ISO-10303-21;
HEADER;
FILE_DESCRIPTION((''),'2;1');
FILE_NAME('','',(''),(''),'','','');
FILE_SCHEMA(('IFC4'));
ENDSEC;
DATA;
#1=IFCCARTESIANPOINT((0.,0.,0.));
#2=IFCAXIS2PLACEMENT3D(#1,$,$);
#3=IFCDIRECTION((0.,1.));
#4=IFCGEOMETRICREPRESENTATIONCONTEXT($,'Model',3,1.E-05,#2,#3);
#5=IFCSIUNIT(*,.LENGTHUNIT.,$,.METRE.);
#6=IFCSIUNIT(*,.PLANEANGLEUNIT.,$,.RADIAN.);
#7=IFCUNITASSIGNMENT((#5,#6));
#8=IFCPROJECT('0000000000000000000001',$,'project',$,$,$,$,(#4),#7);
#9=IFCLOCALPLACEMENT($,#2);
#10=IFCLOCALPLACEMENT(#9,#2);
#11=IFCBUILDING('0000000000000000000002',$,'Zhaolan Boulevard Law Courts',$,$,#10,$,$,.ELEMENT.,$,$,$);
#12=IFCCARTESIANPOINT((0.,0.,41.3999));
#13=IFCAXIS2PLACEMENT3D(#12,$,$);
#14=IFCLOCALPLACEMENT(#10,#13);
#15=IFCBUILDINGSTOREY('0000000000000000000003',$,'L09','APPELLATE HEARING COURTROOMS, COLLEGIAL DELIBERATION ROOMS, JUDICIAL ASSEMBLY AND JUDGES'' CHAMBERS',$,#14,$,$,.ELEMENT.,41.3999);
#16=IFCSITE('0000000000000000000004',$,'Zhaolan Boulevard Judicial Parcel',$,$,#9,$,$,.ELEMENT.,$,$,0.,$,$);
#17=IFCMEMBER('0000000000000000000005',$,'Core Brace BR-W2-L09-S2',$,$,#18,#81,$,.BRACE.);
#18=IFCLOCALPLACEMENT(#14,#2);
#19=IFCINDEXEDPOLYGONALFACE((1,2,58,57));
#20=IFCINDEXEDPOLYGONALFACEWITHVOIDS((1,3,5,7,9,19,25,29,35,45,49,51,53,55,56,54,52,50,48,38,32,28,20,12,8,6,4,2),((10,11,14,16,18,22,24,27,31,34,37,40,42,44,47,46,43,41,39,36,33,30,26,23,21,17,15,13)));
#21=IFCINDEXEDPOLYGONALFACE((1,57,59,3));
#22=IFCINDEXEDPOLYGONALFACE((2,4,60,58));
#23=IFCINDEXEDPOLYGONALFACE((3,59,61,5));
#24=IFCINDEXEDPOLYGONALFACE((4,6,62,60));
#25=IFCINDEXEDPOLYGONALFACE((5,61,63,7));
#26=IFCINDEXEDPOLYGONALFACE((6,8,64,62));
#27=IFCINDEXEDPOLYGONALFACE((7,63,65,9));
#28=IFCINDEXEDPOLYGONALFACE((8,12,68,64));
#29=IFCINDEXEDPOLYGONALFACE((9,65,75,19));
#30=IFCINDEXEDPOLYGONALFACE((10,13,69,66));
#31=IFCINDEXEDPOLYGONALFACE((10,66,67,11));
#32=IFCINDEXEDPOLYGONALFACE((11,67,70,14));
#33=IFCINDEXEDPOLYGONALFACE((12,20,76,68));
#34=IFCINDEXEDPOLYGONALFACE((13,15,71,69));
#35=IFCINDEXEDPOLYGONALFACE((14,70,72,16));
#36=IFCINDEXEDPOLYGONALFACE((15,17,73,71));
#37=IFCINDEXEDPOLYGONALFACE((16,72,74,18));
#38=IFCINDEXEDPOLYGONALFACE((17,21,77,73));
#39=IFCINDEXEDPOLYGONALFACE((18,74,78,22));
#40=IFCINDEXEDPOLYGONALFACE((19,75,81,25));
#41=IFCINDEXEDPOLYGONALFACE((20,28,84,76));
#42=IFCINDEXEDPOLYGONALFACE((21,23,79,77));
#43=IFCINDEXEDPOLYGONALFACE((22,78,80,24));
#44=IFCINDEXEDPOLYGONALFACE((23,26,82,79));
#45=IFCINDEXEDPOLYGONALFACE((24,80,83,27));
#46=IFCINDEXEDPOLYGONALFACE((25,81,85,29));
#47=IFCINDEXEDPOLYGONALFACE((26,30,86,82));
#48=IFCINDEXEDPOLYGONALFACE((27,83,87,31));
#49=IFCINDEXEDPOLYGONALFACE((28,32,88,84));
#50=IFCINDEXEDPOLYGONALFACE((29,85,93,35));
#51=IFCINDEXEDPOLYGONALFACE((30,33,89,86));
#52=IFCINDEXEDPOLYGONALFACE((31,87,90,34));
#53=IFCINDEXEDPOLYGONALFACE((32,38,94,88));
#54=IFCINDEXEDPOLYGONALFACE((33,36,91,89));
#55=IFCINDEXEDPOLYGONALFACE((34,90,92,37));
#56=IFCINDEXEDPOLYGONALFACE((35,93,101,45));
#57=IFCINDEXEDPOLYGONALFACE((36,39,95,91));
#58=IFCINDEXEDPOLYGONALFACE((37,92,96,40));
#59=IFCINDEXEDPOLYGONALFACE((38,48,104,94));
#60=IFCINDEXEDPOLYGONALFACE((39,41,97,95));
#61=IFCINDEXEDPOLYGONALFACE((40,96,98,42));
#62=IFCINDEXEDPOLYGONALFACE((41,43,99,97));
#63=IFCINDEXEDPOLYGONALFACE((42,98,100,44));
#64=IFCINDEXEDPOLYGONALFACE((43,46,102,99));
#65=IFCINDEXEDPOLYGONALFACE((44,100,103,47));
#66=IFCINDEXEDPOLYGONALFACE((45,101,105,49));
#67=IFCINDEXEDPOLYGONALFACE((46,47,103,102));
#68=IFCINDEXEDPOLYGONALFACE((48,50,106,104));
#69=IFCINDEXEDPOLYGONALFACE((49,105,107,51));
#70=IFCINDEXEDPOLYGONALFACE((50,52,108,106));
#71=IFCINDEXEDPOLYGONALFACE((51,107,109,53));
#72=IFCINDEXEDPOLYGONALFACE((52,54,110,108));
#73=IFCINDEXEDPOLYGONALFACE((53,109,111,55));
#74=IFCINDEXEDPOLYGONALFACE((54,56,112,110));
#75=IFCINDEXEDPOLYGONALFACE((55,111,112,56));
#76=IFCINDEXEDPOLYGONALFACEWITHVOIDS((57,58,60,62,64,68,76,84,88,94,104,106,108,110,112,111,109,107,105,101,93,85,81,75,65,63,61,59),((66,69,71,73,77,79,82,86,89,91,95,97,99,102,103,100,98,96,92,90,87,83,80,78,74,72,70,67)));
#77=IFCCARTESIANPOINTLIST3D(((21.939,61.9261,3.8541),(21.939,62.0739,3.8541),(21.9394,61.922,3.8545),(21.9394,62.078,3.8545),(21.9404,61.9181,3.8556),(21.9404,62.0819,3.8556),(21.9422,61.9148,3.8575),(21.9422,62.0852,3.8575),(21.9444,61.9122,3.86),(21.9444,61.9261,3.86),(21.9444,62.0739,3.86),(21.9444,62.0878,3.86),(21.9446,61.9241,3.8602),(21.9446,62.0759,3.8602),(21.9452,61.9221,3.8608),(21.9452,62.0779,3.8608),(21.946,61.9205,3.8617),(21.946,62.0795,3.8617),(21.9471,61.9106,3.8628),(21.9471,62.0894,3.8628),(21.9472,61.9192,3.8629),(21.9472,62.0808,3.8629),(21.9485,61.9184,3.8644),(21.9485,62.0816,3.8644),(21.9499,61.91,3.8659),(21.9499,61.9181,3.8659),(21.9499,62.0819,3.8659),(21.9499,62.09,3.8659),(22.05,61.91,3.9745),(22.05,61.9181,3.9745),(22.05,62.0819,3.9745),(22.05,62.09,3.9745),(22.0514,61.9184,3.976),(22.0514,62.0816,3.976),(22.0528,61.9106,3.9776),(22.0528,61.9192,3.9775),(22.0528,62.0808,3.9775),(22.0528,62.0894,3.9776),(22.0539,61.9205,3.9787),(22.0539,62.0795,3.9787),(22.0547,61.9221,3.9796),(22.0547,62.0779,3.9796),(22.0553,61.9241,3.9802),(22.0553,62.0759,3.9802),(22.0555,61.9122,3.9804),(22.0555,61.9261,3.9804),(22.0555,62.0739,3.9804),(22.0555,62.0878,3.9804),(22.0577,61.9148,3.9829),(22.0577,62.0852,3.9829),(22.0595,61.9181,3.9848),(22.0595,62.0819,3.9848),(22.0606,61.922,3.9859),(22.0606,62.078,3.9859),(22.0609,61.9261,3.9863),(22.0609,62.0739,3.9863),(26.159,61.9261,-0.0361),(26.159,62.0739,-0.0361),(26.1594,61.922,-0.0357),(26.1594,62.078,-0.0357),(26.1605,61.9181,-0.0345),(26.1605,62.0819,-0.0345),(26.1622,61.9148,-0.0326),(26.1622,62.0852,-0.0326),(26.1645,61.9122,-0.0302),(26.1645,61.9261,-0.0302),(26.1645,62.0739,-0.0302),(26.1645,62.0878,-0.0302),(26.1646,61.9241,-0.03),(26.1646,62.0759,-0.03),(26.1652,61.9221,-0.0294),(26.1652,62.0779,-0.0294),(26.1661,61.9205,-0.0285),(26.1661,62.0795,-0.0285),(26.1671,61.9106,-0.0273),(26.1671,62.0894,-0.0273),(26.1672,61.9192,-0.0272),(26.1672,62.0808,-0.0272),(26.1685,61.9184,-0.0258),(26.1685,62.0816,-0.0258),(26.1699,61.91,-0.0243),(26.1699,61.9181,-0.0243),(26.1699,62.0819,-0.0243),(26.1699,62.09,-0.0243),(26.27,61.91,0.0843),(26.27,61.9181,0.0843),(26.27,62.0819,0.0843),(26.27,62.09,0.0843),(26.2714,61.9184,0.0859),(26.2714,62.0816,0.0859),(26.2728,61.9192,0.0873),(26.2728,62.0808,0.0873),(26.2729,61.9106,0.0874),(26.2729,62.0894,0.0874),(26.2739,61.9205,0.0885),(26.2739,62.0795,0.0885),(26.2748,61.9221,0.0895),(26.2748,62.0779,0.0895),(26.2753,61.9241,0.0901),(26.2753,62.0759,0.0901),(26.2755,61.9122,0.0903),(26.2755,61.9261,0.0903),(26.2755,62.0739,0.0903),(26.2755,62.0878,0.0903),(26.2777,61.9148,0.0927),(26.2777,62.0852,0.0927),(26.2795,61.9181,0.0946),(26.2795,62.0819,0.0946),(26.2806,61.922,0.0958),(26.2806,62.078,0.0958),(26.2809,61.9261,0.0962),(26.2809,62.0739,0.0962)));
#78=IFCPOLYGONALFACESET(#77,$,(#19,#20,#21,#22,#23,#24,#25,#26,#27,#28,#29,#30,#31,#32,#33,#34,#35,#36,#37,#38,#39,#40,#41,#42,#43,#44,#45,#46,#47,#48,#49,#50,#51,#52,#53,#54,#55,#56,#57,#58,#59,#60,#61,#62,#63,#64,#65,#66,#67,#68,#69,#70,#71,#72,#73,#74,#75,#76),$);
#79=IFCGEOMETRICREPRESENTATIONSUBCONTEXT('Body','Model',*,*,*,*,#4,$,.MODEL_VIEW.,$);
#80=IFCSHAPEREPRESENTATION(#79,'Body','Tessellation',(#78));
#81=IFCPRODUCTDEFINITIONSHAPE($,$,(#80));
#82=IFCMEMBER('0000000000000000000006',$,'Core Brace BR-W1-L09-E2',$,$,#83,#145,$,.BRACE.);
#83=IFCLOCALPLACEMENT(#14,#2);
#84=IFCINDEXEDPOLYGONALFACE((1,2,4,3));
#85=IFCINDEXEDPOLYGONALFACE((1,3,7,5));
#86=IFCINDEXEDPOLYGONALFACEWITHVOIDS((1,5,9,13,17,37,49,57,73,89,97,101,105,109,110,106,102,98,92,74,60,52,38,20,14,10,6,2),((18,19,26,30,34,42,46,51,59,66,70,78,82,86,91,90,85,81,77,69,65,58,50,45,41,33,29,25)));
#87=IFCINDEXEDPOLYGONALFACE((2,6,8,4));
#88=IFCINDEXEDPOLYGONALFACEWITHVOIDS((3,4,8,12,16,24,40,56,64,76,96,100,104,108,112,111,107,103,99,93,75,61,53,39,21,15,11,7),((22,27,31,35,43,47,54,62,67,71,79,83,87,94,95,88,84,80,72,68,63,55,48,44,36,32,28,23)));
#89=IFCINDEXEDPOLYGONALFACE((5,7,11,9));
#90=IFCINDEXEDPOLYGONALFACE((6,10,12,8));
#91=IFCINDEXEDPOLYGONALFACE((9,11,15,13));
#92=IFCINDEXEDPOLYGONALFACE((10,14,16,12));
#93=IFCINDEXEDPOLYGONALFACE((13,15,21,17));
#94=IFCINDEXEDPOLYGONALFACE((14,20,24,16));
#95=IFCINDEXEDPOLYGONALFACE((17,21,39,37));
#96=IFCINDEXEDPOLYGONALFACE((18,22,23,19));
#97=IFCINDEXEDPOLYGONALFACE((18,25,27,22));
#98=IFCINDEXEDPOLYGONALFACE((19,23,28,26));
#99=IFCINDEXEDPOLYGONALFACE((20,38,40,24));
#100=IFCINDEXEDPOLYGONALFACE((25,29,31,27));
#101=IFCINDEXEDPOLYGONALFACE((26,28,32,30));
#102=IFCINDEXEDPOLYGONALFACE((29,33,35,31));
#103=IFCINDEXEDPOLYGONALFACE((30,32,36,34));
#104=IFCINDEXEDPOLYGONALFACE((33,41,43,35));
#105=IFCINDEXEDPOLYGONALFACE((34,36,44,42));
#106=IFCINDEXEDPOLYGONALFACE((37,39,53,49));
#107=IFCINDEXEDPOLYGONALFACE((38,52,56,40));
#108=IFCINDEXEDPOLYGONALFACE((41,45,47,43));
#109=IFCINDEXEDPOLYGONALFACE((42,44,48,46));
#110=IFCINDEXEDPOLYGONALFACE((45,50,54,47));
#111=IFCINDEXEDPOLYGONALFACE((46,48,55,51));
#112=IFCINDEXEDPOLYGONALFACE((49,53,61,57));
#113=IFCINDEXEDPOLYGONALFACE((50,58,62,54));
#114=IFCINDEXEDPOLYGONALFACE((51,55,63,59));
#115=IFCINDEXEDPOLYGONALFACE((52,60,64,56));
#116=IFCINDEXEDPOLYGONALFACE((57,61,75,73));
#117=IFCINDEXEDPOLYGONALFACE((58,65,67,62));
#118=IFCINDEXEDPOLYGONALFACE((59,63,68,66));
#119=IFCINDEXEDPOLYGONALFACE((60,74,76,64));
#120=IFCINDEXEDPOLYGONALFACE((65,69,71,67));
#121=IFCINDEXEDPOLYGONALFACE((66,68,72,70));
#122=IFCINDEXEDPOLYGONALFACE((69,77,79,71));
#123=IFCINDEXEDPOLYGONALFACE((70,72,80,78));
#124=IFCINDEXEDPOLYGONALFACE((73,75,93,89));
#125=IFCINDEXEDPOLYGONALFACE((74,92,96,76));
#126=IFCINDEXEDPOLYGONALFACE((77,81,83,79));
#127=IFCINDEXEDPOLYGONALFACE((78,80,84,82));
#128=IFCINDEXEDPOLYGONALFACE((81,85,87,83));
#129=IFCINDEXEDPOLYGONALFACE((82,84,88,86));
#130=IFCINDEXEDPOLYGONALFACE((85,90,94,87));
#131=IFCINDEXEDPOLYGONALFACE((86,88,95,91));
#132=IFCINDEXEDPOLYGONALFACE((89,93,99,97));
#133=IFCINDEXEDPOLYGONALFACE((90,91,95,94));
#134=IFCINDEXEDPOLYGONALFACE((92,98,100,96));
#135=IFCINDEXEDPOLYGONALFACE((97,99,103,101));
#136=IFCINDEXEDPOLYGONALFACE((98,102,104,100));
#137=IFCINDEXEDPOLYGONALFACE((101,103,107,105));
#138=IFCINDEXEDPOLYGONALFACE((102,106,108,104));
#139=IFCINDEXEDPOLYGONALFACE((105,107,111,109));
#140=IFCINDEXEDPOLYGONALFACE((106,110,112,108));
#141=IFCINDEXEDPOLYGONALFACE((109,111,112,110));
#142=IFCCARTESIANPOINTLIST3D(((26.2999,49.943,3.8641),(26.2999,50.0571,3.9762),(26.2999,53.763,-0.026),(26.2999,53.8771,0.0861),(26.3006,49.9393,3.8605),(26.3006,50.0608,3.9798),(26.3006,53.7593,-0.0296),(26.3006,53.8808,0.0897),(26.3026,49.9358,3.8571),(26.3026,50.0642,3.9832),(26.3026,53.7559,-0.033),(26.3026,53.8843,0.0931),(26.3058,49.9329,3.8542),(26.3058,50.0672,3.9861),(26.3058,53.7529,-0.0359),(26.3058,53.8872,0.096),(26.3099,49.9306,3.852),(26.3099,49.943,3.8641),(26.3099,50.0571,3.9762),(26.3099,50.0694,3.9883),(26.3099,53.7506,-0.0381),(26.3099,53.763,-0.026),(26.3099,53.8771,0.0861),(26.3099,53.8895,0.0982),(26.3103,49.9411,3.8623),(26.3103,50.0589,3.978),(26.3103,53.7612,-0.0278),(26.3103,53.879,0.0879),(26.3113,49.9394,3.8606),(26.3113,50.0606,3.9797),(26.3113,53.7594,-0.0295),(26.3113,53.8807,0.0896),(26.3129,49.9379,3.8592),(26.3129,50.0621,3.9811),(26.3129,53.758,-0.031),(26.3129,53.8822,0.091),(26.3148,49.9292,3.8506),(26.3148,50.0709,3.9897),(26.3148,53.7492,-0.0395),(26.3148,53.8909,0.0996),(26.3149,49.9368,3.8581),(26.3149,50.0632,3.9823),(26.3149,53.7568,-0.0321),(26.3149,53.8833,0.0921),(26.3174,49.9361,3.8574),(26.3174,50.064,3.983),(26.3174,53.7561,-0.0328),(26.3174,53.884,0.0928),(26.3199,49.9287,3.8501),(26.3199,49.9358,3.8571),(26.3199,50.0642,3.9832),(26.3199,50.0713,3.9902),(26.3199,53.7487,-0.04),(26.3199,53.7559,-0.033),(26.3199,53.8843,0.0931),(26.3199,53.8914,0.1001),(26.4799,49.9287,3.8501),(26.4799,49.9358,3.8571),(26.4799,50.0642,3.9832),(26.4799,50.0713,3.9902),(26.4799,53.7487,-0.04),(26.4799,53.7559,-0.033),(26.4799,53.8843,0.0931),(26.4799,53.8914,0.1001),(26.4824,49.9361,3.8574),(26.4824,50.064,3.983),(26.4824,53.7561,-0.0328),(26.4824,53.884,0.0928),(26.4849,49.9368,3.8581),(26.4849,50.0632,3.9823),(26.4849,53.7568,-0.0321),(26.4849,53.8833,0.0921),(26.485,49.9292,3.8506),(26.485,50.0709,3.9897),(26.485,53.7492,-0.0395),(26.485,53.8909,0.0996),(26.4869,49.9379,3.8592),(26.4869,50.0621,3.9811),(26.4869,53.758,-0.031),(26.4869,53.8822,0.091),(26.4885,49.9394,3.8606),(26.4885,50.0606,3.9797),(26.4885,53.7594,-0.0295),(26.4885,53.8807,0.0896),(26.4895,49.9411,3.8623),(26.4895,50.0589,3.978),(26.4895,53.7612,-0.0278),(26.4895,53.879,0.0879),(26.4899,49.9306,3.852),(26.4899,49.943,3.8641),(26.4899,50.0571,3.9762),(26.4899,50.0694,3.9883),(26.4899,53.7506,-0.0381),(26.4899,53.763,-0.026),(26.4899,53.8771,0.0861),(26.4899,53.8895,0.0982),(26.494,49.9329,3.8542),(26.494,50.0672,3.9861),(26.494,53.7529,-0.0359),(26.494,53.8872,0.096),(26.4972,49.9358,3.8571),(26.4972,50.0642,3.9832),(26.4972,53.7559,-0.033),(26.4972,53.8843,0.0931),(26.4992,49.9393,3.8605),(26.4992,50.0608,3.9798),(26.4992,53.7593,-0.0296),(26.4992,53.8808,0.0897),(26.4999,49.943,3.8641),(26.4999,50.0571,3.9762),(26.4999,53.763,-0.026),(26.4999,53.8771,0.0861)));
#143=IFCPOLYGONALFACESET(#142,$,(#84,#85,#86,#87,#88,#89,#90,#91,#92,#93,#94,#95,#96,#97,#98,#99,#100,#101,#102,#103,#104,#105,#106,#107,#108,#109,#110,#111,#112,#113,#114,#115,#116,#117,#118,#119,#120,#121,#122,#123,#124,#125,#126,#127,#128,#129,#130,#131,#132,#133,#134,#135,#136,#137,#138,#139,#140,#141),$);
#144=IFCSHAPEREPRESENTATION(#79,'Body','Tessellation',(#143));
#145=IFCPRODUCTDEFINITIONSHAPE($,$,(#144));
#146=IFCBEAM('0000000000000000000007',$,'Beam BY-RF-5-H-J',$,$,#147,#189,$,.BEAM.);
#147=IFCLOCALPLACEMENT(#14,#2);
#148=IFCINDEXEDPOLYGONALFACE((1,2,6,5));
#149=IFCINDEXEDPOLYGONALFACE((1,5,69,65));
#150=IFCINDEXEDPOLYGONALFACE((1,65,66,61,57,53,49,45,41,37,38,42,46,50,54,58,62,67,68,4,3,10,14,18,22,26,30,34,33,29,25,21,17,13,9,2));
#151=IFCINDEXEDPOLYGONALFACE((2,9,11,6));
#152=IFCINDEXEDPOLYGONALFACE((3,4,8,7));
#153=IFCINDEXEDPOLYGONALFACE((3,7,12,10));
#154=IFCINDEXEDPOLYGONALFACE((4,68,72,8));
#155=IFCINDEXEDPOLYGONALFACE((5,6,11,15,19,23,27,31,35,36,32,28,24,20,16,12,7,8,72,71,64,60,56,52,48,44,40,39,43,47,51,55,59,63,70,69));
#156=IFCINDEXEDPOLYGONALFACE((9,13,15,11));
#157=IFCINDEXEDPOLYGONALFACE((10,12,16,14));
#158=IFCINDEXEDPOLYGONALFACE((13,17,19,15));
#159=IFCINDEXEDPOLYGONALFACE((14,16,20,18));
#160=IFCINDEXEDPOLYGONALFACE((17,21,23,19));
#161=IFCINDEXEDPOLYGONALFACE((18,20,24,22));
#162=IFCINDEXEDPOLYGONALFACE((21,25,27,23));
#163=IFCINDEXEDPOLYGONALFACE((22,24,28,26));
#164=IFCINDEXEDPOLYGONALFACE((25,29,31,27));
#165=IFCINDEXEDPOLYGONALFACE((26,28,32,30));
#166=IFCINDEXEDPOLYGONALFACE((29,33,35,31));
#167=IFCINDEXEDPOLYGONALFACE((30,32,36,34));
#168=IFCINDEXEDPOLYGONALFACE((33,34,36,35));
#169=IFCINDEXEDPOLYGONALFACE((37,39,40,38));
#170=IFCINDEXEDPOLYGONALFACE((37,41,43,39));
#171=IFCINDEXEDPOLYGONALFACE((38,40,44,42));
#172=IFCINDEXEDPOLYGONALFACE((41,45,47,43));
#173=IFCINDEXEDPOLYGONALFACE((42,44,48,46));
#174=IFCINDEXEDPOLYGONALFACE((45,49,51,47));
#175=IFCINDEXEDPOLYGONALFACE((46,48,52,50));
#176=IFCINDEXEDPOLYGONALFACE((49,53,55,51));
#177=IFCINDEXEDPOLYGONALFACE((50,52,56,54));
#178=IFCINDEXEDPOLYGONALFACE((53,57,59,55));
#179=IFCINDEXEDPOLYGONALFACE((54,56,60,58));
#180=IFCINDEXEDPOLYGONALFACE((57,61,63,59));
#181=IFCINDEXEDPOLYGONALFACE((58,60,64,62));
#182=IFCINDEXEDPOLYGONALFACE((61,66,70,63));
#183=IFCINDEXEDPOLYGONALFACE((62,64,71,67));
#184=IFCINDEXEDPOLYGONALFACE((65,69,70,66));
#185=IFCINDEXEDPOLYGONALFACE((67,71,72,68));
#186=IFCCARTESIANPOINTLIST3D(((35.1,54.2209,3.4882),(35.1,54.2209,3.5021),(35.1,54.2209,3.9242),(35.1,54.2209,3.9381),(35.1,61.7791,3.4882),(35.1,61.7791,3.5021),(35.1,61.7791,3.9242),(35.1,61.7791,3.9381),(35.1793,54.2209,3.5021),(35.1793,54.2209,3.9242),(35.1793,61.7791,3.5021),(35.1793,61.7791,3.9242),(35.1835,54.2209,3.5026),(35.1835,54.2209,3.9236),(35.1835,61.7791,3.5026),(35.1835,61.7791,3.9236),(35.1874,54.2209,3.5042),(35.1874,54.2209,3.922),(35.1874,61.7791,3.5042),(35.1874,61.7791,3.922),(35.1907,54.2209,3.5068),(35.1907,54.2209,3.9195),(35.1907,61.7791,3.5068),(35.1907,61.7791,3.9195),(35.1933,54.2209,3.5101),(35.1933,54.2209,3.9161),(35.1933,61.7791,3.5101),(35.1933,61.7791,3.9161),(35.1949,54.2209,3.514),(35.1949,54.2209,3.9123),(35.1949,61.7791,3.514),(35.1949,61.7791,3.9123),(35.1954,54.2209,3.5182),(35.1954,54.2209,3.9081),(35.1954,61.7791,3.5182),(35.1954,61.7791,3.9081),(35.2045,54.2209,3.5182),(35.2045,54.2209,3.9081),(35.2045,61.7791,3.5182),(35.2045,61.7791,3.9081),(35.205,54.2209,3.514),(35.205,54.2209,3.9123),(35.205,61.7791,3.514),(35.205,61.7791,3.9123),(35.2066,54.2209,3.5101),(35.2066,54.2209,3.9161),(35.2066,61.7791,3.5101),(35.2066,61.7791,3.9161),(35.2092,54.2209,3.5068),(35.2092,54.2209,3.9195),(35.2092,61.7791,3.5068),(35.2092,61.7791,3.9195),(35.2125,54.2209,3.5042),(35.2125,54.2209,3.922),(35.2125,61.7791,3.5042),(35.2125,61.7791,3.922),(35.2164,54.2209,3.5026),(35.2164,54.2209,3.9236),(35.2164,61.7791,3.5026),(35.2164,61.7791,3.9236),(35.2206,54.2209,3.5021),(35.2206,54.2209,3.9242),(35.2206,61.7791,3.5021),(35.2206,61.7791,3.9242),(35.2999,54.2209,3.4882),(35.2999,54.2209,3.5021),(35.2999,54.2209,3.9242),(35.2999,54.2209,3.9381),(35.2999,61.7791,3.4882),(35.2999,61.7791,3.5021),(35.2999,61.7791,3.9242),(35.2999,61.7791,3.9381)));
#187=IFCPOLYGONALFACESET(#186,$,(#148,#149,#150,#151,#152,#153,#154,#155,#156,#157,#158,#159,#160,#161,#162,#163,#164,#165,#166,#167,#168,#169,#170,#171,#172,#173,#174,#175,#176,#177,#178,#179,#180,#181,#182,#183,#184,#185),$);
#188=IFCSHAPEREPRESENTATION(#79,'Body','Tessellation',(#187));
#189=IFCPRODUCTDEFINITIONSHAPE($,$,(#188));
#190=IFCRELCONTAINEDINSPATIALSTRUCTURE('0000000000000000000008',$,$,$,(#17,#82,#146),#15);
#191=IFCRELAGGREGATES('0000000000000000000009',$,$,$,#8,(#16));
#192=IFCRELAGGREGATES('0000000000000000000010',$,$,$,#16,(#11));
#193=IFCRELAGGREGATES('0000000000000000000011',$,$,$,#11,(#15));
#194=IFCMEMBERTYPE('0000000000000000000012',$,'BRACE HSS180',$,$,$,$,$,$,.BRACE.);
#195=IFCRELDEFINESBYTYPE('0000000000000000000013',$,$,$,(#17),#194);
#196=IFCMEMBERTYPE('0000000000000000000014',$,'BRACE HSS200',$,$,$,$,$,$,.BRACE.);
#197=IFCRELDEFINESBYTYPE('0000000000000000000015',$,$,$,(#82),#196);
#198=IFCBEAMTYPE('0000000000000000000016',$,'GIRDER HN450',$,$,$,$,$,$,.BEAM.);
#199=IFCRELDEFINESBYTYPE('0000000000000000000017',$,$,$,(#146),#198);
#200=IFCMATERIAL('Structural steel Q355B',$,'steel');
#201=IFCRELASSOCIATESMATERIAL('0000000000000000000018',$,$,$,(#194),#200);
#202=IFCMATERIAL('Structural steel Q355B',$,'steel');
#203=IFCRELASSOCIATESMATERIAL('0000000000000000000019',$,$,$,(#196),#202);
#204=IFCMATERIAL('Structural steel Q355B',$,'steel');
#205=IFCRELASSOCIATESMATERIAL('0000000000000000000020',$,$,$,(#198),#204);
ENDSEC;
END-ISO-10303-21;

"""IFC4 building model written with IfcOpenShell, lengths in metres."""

from ifc_helpers import new_model, si_unit, direction, frame, origin, origin_2d, place, context, subcontext, project, spatial, hollow_rectangle, i_section, extrude, material, material_profile, profile_set, type_object, element, save


model = new_model("IFC4")

# Units and contexts
model_context = context("Model", 3, precision=1e-05, world=origin(), true_north=direction((0.0, 1.0)))
body_context = subcontext(model_context, "Body", "Model", "MODEL_VIEW")
ifc_project = project(units=[si_unit("LENGTHUNIT", "METRE"), si_unit("PLANEANGLEUNIT", "RADIAN")], contexts=[model_context])

# Site, building, storey
site_placement = place(None, origin())
site = spatial("IfcSite", under=ifc_project, at=site_placement, Name="Zhaolan Boulevard Judicial Parcel", CompositionType="ELEMENT", RefElevation=0.0)
building_placement = place(site_placement, origin())
building = spatial("IfcBuilding", under=site, at=building_placement, Name="Zhaolan Boulevard Law Courts", CompositionType="ELEMENT")
storey_placement = place(building_placement, frame((0.0, 0.0, 41.3999)))
storey = spatial("IfcBuildingStorey", under=building, at=storey_placement, Name="L09", Description="APPELLATE HEARING COURTROOMS, COLLEGIAL DELIBERATION ROOMS, JUDICIAL ASSEMBLY AND JUDGES' CHAMBERS", CompositionType="ELEMENT", Elevation=41.3999)

# Members
ifc_material_1 = material(Name="Structural steel Q355B", Category="steel")
ifc_material_profile_1 = material_profile(ifc_material_1, hollow_rectangle(XDim=0.1799, YDim=0.1799, WallThickness=0.0081, InnerFilletRadius=0.0081, OuterFilletRadius=0.0161, at=origin_2d()), Name="HSS180x180x8")
ifc_profile_set_1 = profile_set([ifc_material_profile_1], Name="Structural steel Q355B")
member_type_1 = type_object("IfcMemberType", Name="BRACE HSS180", PredefinedType="BRACE", material=ifc_profile_set_1)
member_1_placement = place(storey_placement, frame((26.22, 62.0, 0.03), z_axis=(-0.735257, 0.0, 0.677789), x_axis=(0.0, -1.0, 0.0)))
element("IfcMember", 1, at=member_1_placement, inside=storey, type_object=member_type_1, Name="Core Brace BR-W2-L09-S2", PredefinedType="BRACE", context=body_context, shape_type="SweptSolid", body=[
    extrude(hollow_rectangle(XDim=0.1799, YDim=0.1799, WallThickness=0.0081, InnerFilletRadius=0.0081, OuterFilletRadius=0.0161, at=origin_2d()), origin(), (0.0, 0.0, 1.0), 5.7395),
])
ifc_material_2 = material(Name="Structural steel Q355B", Category="steel")
ifc_material_profile_2 = material_profile(ifc_material_2, hollow_rectangle(XDim=0.2, YDim=0.2, WallThickness=0.01, InnerFilletRadius=0.01, OuterFilletRadius=0.02, at=origin_2d()), Name="HSS200x200x10")
ifc_profile_set_2 = profile_set([ifc_material_profile_2], Name="Structural steel Q355B")
member_type_2 = type_object("IfcMemberType", Name="BRACE HSS200", PredefinedType="BRACE", material=ifc_profile_set_2)
member_2_placement = place(storey_placement, frame((26.3999, 53.8201, 0.03), z_axis=(0.0, -0.700652, 0.713503), x_axis=(1.0, 0.0, 0.0)))
element("IfcMember", 2, at=member_2_placement, inside=storey, type_object=member_type_2, Name="Core Brace BR-W1-L09-E2", PredefinedType="BRACE", context=body_context, shape_type="SweptSolid", body=[
    extrude(hollow_rectangle(XDim=0.2, YDim=0.2, WallThickness=0.01, InnerFilletRadius=0.01, OuterFilletRadius=0.02, at=origin_2d()), origin(), (0.0, 0.0, 1.0), 5.4521),
])

# Beam
ifc_material_3 = material(Name="Structural steel Q355B", Category="steel")
ifc_material_profile_3 = material_profile(ifc_material_3, i_section(OverallWidth=0.2, OverallDepth=0.45, WebThickness=0.009, FlangeThickness=0.0139, FilletRadius=0.0161, at=origin_2d()), Name="HN450x200")
ifc_profile_set_3 = profile_set([ifc_material_profile_3], Name="Structural steel Q355B")
beam_type = type_object("IfcBeamType", Name="GIRDER HN450", PredefinedType="BEAM", material=ifc_profile_set_3)
beam_placement = place(storey_placement, frame((35.2, 54.2209, 3.7131), z_axis=(0.0, 1.0, 0.0), x_axis=(-1.0, 0.0, 0.0)))
element("IfcBeam", 3, at=beam_placement, inside=storey, type_object=beam_type, Name="Beam BY-RF-5-H-J", PredefinedType="BEAM", context=body_context, shape_type="SweptSolid", body=[
    extrude(i_section(OverallWidth=0.2, OverallDepth=0.45, WebThickness=0.009, FlangeThickness=0.0139, FilletRadius=0.0161, at=origin_2d()), origin(), (0.0, 0.0, 1.0), 7.5581),
])

save(model, "model.ifc")
